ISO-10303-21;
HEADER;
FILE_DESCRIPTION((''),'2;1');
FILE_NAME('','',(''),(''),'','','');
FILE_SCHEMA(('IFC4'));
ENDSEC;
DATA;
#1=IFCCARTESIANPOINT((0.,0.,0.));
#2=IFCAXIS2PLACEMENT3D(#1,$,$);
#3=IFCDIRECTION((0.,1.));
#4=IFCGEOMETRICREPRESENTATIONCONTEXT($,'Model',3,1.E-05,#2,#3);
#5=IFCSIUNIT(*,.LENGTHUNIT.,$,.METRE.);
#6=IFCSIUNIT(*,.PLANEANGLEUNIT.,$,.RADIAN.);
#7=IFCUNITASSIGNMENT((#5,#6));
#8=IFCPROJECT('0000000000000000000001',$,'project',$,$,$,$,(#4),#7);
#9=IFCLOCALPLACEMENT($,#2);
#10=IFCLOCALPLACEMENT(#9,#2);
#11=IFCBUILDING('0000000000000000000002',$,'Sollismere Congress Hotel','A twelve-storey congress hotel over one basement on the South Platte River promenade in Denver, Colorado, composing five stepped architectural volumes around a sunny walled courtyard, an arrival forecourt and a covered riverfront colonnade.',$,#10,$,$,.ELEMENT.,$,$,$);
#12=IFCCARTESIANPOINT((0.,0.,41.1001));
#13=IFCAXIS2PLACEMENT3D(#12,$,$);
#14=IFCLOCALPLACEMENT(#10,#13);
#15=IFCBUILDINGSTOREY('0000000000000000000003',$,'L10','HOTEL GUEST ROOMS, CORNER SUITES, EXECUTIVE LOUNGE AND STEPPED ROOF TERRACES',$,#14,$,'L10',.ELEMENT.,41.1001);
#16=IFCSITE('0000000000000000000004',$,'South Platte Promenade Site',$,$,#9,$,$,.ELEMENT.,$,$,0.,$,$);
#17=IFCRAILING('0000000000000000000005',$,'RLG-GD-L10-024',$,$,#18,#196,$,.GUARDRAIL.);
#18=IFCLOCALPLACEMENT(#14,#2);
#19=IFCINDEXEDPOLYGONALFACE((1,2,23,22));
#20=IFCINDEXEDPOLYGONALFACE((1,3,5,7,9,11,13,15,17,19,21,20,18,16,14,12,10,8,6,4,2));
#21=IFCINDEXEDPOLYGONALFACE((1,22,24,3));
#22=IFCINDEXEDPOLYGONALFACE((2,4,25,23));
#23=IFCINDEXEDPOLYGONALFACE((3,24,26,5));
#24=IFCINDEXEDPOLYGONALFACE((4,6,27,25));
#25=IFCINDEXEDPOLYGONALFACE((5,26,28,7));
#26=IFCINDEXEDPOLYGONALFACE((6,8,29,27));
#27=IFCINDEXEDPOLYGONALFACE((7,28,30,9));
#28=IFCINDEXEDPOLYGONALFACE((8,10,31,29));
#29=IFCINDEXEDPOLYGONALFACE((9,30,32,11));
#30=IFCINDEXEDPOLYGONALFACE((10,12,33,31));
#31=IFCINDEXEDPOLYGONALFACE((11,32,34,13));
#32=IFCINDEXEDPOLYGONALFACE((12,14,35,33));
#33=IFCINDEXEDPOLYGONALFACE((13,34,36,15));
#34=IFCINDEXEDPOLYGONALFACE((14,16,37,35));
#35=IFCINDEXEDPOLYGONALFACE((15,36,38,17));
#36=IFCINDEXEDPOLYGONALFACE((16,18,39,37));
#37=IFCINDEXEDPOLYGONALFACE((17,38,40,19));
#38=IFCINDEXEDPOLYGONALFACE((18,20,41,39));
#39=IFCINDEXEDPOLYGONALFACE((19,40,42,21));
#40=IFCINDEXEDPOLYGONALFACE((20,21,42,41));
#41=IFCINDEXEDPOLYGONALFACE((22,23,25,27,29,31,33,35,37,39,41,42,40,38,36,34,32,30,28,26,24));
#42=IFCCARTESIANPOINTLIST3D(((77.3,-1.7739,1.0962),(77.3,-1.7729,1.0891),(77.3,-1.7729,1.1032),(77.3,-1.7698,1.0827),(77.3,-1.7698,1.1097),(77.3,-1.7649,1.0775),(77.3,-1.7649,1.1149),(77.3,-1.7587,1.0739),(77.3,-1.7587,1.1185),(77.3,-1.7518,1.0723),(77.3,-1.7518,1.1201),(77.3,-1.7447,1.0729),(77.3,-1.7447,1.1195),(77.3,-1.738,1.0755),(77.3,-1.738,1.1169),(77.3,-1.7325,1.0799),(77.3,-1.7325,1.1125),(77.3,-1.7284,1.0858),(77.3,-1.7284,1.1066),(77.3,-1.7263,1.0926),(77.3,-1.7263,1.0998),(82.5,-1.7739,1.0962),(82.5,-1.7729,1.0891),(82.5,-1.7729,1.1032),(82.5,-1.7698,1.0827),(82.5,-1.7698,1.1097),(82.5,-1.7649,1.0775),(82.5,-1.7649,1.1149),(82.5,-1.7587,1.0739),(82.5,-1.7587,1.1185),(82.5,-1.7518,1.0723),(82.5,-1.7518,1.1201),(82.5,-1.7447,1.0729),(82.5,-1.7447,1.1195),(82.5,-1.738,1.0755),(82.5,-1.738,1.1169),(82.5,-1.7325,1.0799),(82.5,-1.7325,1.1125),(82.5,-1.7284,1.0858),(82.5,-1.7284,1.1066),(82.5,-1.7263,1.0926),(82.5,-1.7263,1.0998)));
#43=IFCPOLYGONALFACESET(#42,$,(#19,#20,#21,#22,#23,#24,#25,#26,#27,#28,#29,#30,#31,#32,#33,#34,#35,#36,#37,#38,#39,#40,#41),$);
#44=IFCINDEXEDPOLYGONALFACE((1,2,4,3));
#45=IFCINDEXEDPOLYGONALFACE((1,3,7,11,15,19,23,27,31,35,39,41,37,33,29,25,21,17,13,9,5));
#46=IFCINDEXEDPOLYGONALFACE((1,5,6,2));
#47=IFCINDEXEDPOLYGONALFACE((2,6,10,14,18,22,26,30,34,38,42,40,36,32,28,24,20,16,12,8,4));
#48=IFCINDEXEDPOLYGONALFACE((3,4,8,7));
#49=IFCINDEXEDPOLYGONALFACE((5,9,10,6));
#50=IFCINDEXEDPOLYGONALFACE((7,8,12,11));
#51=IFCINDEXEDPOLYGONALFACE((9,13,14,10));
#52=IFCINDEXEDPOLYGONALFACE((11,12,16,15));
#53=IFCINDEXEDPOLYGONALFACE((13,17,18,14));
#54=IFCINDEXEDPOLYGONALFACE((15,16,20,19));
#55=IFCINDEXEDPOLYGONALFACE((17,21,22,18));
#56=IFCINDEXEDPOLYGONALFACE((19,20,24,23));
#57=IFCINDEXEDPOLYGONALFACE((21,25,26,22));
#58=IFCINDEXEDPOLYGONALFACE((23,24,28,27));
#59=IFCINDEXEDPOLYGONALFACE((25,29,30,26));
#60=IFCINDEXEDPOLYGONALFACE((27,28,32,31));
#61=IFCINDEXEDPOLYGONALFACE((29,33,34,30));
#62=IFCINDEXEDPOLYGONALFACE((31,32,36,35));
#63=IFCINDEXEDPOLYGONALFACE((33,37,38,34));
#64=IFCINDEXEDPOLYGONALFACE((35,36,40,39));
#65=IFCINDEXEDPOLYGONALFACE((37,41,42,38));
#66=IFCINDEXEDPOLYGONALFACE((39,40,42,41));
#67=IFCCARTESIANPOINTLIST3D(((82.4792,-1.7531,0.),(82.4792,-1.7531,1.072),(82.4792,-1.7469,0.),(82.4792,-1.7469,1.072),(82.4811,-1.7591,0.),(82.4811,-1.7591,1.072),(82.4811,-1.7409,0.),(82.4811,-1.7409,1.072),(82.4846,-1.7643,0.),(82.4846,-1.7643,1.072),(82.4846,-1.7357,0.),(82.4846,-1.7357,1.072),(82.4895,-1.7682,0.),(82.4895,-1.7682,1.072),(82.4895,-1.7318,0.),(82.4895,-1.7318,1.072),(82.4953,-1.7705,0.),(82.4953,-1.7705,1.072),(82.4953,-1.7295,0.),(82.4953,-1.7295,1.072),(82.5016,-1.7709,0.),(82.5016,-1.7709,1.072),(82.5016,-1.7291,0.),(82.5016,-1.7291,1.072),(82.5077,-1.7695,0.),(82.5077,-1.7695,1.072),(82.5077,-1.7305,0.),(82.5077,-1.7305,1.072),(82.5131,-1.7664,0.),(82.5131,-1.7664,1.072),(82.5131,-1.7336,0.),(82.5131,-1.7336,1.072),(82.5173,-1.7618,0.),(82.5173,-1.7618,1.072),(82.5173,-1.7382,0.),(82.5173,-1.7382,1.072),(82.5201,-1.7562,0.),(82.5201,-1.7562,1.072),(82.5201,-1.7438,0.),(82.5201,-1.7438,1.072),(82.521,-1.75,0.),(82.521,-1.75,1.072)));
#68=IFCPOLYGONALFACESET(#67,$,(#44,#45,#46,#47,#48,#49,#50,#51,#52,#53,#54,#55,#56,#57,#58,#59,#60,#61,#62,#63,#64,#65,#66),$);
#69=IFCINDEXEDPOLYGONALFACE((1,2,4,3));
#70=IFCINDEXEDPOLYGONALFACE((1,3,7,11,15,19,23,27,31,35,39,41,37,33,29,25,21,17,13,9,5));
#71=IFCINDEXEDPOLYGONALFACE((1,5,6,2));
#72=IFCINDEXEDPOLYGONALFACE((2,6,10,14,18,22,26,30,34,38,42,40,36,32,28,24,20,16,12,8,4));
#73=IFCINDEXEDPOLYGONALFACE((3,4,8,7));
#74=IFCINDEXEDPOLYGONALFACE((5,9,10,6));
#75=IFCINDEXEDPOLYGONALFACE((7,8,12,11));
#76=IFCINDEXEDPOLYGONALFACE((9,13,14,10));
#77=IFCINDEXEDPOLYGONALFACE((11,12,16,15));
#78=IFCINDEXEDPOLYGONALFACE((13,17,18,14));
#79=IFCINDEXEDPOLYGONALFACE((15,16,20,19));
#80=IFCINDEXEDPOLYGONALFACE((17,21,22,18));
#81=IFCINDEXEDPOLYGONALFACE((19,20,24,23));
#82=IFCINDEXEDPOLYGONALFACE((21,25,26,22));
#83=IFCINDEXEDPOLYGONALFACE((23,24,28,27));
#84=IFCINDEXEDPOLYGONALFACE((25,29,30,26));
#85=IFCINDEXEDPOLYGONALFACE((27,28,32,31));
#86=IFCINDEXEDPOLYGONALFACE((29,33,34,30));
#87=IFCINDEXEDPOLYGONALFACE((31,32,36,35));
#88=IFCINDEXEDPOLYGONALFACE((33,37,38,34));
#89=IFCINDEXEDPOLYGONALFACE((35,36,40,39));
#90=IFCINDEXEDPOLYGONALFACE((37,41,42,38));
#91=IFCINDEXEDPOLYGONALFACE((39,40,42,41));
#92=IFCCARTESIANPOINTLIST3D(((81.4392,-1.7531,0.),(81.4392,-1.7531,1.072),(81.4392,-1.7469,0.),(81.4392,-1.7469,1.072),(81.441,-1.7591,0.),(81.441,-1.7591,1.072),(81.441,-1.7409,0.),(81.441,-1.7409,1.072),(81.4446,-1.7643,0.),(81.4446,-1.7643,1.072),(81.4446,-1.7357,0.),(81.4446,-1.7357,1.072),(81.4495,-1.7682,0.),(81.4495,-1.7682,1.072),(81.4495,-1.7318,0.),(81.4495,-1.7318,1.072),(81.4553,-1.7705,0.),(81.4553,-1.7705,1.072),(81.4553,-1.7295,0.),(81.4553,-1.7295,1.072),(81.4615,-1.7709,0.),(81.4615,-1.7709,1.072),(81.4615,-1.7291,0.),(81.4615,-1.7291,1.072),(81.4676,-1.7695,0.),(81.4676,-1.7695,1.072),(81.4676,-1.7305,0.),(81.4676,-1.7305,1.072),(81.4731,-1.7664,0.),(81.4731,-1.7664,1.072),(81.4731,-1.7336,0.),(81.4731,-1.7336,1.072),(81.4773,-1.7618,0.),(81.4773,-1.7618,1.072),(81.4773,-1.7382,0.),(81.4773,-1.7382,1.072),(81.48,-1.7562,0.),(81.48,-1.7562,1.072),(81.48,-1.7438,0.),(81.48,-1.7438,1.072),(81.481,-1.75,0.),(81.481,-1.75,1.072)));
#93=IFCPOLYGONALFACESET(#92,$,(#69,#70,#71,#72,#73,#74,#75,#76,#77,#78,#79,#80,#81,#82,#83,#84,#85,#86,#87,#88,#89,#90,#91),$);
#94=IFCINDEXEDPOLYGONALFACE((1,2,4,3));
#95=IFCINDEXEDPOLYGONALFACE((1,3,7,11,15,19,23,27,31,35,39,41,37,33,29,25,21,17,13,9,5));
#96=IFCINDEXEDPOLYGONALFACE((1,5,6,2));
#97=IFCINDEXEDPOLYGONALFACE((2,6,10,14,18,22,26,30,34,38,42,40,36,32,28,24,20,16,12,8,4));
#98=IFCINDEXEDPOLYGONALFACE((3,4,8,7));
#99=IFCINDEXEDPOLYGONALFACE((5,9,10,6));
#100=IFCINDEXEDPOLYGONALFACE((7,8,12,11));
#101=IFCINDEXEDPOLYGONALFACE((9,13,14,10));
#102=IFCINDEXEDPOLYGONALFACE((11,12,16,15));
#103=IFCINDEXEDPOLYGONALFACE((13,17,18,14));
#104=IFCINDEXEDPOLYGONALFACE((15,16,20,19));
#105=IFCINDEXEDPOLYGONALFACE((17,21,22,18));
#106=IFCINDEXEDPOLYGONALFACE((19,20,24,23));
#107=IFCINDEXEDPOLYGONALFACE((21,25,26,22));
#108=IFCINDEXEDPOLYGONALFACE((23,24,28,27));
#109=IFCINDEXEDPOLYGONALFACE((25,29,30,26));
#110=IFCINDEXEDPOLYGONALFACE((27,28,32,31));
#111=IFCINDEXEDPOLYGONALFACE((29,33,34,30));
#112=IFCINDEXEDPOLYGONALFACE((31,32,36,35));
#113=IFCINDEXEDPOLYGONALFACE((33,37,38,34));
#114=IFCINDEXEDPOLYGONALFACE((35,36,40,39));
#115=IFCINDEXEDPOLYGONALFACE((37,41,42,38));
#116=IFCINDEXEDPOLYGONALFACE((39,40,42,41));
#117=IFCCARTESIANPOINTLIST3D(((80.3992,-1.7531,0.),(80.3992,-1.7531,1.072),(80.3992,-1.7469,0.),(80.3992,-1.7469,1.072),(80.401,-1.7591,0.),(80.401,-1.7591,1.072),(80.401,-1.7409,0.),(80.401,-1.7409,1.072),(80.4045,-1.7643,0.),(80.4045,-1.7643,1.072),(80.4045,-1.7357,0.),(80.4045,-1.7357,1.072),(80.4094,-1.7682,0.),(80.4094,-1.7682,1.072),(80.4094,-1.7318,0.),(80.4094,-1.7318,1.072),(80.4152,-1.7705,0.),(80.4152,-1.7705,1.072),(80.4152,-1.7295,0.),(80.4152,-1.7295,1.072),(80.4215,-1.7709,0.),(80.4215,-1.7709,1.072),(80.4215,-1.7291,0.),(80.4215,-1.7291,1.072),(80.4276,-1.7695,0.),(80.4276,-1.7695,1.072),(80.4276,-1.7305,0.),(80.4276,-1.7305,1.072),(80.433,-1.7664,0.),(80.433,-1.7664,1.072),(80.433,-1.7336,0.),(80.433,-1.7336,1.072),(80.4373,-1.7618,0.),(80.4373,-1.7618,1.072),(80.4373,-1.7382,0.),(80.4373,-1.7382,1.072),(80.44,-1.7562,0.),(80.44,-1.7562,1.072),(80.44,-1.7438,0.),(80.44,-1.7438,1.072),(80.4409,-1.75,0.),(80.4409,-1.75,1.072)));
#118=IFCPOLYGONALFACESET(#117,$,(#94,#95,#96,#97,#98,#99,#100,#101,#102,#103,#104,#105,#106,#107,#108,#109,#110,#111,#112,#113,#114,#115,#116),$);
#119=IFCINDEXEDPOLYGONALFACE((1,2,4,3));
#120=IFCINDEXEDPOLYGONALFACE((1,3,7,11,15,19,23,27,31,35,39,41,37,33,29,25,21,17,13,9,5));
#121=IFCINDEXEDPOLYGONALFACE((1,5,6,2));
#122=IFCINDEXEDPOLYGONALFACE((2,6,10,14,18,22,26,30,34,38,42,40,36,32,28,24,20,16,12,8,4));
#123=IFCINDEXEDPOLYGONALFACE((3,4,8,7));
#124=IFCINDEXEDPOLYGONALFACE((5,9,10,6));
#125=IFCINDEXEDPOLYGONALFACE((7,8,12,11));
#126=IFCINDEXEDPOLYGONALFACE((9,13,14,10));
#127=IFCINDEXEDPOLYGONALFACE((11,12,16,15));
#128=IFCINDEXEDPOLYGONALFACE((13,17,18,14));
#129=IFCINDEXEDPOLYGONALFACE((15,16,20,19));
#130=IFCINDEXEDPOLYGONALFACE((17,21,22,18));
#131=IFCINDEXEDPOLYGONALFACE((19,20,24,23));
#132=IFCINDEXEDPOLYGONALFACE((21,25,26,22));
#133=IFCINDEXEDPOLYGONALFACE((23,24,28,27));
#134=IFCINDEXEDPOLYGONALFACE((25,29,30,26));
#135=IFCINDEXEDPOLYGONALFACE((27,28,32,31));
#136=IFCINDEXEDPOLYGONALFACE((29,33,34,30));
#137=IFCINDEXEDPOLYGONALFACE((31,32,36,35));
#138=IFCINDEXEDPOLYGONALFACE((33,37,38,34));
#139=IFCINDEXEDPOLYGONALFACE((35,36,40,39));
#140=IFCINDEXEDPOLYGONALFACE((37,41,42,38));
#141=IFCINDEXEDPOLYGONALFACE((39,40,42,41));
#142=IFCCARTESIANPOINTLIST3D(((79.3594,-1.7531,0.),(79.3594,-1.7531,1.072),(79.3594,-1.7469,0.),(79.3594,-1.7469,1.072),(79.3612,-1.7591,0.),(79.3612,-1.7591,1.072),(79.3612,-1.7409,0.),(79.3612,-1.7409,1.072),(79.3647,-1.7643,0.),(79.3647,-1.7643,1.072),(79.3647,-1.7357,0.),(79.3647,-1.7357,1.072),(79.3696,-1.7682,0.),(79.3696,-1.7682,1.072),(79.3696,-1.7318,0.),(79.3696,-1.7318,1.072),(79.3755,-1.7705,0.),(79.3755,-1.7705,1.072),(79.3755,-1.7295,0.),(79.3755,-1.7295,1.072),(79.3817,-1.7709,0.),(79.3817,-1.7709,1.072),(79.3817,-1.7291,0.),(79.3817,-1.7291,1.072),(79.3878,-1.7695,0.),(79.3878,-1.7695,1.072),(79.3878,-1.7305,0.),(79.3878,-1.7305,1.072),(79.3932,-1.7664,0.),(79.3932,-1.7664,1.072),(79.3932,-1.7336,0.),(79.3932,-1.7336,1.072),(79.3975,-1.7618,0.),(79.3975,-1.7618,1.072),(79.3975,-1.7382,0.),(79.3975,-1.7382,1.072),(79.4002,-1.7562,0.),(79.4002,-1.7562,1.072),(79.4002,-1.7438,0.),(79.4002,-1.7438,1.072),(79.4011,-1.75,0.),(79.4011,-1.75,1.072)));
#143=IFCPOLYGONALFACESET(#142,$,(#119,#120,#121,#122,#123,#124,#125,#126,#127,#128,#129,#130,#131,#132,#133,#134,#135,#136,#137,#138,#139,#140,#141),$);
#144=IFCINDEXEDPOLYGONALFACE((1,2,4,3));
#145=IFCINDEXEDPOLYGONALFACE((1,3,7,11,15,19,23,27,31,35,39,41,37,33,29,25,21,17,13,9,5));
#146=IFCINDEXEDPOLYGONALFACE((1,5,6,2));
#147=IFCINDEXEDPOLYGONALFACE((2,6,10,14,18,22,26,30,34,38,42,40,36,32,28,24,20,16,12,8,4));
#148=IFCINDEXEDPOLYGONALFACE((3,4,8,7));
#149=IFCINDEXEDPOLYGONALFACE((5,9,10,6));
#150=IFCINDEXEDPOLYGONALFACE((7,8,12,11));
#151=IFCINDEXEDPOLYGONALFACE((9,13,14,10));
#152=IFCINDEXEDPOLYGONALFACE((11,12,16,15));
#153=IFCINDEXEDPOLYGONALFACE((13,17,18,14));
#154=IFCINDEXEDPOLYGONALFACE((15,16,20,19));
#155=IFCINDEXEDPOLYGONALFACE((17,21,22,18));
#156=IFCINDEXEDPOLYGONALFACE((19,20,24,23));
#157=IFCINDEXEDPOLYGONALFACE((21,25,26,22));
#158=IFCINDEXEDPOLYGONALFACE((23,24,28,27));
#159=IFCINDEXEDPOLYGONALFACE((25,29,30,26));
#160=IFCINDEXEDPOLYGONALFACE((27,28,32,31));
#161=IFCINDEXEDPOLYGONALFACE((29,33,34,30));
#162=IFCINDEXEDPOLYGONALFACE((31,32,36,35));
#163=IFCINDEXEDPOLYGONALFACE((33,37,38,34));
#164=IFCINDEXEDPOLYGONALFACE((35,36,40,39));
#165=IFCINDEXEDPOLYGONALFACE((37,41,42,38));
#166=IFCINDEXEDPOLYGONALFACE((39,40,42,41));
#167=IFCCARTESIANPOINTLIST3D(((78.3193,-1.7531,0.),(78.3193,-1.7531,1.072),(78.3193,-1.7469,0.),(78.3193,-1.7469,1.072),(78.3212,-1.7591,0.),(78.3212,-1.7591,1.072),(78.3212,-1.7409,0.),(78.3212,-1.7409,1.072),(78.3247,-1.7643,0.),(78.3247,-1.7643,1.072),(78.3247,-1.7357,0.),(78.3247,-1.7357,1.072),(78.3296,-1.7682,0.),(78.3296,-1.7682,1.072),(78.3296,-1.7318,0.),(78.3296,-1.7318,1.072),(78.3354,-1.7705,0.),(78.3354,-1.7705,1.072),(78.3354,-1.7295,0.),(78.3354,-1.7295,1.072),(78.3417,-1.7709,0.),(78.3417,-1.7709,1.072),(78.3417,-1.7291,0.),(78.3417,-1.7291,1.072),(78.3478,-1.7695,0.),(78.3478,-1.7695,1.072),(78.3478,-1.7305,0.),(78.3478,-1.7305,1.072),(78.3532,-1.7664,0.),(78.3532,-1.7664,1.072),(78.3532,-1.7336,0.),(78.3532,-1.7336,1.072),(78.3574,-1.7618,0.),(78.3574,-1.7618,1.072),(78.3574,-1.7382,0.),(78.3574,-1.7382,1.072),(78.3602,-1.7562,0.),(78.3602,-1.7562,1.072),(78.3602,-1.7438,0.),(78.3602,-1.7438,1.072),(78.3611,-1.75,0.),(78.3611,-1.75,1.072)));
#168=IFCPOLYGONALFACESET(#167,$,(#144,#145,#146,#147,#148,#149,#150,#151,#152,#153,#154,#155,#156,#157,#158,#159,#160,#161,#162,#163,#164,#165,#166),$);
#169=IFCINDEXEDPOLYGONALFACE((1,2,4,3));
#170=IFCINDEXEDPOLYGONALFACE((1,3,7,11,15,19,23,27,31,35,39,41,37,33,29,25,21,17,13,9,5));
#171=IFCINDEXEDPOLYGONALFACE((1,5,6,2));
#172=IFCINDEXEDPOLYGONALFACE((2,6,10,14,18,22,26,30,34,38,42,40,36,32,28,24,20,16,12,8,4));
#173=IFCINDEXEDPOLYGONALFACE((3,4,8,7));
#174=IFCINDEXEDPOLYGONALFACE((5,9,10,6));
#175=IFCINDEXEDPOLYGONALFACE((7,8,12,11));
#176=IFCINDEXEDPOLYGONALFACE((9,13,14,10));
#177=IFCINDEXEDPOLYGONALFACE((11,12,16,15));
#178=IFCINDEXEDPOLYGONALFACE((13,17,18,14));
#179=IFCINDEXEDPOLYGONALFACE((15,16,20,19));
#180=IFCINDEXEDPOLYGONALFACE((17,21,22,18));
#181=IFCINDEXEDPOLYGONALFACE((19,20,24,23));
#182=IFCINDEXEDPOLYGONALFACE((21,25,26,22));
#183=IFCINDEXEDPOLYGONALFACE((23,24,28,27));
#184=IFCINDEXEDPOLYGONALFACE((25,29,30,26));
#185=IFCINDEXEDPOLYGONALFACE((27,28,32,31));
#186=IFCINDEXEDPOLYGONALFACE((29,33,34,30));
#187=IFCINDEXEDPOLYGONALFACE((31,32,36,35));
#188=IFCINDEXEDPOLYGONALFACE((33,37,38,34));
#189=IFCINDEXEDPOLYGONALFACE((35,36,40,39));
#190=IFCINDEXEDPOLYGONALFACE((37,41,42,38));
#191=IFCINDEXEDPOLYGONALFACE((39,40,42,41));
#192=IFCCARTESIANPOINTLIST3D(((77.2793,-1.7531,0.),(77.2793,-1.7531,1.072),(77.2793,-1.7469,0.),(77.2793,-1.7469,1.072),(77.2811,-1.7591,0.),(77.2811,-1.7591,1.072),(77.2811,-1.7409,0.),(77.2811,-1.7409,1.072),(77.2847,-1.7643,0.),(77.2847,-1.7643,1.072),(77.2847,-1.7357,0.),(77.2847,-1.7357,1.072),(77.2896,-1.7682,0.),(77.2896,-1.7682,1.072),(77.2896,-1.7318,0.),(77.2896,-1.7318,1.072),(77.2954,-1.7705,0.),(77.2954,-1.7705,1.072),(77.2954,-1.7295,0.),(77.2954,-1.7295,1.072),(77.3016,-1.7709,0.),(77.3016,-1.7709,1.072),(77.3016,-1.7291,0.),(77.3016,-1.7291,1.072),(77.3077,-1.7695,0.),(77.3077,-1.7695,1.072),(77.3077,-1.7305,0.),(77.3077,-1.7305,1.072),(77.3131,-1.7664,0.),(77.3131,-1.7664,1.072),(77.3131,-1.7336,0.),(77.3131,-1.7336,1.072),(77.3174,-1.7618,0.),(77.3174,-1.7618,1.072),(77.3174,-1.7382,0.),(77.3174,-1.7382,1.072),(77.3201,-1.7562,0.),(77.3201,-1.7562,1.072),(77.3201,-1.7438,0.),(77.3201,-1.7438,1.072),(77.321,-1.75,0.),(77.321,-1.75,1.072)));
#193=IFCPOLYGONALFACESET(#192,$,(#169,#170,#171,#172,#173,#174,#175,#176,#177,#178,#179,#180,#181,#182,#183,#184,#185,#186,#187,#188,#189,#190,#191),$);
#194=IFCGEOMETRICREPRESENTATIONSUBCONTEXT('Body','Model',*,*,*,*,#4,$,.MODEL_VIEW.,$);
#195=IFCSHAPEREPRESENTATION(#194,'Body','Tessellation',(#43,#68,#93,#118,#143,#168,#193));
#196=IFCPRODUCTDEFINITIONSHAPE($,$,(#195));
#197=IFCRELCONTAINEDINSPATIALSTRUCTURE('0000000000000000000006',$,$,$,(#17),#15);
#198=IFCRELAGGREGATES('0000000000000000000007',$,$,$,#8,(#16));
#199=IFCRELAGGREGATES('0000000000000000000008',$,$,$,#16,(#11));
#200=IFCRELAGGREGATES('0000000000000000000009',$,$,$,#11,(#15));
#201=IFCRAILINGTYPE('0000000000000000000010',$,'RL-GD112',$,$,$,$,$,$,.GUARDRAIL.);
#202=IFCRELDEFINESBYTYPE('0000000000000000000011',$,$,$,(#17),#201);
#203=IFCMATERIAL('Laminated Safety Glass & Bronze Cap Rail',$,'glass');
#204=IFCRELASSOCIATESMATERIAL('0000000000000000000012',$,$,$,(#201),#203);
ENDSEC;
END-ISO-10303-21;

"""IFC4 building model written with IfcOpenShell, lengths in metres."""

from ifc_helpers import new_model, si_unit, direction, frame, origin, origin_2d, place, context, subcontext, project, spatial, circle, extrude, material, type_object, element, save


model = new_model("IFC4")

# Units and contexts
model_context = context("Model", 3, precision=1e-05, world=origin(), true_north=direction((0.0, 1.0)))
body_context = subcontext(model_context, "Body", "Model", "MODEL_VIEW")
ifc_project = project(units=[si_unit("LENGTHUNIT", "METRE"), si_unit("PLANEANGLEUNIT", "RADIAN")], contexts=[model_context])

# Site, building, storey
site_placement = place(None, origin())
site = spatial("IfcSite", under=ifc_project, at=site_placement, Name="South Platte Promenade Site", CompositionType="ELEMENT", RefElevation=0.0)
building_placement = place(site_placement, origin())
building = spatial("IfcBuilding", under=site, at=building_placement, Name="Sollismere Congress Hotel", Description="A twelve-storey congress hotel over one basement on the South Platte River promenade in Denver, Colorado, composing five stepped architectural volumes around a sunny walled courtyard, an arrival forecourt and a covered riverfront colonnade.", CompositionType="ELEMENT")
storey_placement = place(building_placement, frame((0.0, 0.0, 41.1001)))
storey = spatial("IfcBuildingStorey", under=building, at=storey_placement, Name="L10", Description="HOTEL GUEST ROOMS, CORNER SUITES, EXECUTIVE LOUNGE AND STEPPED ROOF TERRACES", LongName="L10", CompositionType="ELEMENT", Elevation=41.1001)

# Railing
ifc_material_1 = material(Name="Laminated Safety Glass & Bronze Cap Rail", Category="glass")
railing_type = type_object("IfcRailingType", Name="RL-GD112", PredefinedType="GUARDRAIL", material=ifc_material_1)
railing_1_placement = place(storey_placement, frame((82.5, -1.75, 0.0)))
element("IfcRailing", 1, at=railing_1_placement, inside=storey, type_object=railing_type, Name="RLG-GD-L10-024", PredefinedType="GUARDRAIL", context=body_context, shape_type="SweptSolid", body=[
    extrude(circle(Radius=0.0239, at=origin_2d()), frame((0.0, 0.0, 1.0962), z_axis=(-1.0, 0.0, 0.0), x_axis=(0.0, -1.0, 0.0)), (0.0, 0.0, 1.0), 5.2),
    extrude(circle(Radius=0.021, at=origin_2d()), origin(), (0.0, 0.0, 1.0), 1.072),
    extrude(circle(Radius=0.021, at=origin_2d()), frame((-1.04, 0.0, 0.0)), (0.0, 0.0, 1.0), 1.072),
    extrude(circle(Radius=0.021, at=origin_2d()), frame((-2.0801, 0.0, 0.0)), (0.0, 0.0, 1.0), 1.072),
    extrude(circle(Radius=0.021, at=origin_2d()), frame((-3.1199, 0.0, 0.0)), (0.0, 0.0, 1.0), 1.072),
    extrude(circle(Radius=0.021, at=origin_2d()), frame((-4.1599, 0.0, 0.0)), (0.0, 0.0, 1.0), 1.072),
    extrude(circle(Radius=0.021, at=origin_2d()), frame((-5.2, 0.0, 0.0)), (0.0, 0.0, 1.0), 1.072),
])

save(model, "model.ifc")
